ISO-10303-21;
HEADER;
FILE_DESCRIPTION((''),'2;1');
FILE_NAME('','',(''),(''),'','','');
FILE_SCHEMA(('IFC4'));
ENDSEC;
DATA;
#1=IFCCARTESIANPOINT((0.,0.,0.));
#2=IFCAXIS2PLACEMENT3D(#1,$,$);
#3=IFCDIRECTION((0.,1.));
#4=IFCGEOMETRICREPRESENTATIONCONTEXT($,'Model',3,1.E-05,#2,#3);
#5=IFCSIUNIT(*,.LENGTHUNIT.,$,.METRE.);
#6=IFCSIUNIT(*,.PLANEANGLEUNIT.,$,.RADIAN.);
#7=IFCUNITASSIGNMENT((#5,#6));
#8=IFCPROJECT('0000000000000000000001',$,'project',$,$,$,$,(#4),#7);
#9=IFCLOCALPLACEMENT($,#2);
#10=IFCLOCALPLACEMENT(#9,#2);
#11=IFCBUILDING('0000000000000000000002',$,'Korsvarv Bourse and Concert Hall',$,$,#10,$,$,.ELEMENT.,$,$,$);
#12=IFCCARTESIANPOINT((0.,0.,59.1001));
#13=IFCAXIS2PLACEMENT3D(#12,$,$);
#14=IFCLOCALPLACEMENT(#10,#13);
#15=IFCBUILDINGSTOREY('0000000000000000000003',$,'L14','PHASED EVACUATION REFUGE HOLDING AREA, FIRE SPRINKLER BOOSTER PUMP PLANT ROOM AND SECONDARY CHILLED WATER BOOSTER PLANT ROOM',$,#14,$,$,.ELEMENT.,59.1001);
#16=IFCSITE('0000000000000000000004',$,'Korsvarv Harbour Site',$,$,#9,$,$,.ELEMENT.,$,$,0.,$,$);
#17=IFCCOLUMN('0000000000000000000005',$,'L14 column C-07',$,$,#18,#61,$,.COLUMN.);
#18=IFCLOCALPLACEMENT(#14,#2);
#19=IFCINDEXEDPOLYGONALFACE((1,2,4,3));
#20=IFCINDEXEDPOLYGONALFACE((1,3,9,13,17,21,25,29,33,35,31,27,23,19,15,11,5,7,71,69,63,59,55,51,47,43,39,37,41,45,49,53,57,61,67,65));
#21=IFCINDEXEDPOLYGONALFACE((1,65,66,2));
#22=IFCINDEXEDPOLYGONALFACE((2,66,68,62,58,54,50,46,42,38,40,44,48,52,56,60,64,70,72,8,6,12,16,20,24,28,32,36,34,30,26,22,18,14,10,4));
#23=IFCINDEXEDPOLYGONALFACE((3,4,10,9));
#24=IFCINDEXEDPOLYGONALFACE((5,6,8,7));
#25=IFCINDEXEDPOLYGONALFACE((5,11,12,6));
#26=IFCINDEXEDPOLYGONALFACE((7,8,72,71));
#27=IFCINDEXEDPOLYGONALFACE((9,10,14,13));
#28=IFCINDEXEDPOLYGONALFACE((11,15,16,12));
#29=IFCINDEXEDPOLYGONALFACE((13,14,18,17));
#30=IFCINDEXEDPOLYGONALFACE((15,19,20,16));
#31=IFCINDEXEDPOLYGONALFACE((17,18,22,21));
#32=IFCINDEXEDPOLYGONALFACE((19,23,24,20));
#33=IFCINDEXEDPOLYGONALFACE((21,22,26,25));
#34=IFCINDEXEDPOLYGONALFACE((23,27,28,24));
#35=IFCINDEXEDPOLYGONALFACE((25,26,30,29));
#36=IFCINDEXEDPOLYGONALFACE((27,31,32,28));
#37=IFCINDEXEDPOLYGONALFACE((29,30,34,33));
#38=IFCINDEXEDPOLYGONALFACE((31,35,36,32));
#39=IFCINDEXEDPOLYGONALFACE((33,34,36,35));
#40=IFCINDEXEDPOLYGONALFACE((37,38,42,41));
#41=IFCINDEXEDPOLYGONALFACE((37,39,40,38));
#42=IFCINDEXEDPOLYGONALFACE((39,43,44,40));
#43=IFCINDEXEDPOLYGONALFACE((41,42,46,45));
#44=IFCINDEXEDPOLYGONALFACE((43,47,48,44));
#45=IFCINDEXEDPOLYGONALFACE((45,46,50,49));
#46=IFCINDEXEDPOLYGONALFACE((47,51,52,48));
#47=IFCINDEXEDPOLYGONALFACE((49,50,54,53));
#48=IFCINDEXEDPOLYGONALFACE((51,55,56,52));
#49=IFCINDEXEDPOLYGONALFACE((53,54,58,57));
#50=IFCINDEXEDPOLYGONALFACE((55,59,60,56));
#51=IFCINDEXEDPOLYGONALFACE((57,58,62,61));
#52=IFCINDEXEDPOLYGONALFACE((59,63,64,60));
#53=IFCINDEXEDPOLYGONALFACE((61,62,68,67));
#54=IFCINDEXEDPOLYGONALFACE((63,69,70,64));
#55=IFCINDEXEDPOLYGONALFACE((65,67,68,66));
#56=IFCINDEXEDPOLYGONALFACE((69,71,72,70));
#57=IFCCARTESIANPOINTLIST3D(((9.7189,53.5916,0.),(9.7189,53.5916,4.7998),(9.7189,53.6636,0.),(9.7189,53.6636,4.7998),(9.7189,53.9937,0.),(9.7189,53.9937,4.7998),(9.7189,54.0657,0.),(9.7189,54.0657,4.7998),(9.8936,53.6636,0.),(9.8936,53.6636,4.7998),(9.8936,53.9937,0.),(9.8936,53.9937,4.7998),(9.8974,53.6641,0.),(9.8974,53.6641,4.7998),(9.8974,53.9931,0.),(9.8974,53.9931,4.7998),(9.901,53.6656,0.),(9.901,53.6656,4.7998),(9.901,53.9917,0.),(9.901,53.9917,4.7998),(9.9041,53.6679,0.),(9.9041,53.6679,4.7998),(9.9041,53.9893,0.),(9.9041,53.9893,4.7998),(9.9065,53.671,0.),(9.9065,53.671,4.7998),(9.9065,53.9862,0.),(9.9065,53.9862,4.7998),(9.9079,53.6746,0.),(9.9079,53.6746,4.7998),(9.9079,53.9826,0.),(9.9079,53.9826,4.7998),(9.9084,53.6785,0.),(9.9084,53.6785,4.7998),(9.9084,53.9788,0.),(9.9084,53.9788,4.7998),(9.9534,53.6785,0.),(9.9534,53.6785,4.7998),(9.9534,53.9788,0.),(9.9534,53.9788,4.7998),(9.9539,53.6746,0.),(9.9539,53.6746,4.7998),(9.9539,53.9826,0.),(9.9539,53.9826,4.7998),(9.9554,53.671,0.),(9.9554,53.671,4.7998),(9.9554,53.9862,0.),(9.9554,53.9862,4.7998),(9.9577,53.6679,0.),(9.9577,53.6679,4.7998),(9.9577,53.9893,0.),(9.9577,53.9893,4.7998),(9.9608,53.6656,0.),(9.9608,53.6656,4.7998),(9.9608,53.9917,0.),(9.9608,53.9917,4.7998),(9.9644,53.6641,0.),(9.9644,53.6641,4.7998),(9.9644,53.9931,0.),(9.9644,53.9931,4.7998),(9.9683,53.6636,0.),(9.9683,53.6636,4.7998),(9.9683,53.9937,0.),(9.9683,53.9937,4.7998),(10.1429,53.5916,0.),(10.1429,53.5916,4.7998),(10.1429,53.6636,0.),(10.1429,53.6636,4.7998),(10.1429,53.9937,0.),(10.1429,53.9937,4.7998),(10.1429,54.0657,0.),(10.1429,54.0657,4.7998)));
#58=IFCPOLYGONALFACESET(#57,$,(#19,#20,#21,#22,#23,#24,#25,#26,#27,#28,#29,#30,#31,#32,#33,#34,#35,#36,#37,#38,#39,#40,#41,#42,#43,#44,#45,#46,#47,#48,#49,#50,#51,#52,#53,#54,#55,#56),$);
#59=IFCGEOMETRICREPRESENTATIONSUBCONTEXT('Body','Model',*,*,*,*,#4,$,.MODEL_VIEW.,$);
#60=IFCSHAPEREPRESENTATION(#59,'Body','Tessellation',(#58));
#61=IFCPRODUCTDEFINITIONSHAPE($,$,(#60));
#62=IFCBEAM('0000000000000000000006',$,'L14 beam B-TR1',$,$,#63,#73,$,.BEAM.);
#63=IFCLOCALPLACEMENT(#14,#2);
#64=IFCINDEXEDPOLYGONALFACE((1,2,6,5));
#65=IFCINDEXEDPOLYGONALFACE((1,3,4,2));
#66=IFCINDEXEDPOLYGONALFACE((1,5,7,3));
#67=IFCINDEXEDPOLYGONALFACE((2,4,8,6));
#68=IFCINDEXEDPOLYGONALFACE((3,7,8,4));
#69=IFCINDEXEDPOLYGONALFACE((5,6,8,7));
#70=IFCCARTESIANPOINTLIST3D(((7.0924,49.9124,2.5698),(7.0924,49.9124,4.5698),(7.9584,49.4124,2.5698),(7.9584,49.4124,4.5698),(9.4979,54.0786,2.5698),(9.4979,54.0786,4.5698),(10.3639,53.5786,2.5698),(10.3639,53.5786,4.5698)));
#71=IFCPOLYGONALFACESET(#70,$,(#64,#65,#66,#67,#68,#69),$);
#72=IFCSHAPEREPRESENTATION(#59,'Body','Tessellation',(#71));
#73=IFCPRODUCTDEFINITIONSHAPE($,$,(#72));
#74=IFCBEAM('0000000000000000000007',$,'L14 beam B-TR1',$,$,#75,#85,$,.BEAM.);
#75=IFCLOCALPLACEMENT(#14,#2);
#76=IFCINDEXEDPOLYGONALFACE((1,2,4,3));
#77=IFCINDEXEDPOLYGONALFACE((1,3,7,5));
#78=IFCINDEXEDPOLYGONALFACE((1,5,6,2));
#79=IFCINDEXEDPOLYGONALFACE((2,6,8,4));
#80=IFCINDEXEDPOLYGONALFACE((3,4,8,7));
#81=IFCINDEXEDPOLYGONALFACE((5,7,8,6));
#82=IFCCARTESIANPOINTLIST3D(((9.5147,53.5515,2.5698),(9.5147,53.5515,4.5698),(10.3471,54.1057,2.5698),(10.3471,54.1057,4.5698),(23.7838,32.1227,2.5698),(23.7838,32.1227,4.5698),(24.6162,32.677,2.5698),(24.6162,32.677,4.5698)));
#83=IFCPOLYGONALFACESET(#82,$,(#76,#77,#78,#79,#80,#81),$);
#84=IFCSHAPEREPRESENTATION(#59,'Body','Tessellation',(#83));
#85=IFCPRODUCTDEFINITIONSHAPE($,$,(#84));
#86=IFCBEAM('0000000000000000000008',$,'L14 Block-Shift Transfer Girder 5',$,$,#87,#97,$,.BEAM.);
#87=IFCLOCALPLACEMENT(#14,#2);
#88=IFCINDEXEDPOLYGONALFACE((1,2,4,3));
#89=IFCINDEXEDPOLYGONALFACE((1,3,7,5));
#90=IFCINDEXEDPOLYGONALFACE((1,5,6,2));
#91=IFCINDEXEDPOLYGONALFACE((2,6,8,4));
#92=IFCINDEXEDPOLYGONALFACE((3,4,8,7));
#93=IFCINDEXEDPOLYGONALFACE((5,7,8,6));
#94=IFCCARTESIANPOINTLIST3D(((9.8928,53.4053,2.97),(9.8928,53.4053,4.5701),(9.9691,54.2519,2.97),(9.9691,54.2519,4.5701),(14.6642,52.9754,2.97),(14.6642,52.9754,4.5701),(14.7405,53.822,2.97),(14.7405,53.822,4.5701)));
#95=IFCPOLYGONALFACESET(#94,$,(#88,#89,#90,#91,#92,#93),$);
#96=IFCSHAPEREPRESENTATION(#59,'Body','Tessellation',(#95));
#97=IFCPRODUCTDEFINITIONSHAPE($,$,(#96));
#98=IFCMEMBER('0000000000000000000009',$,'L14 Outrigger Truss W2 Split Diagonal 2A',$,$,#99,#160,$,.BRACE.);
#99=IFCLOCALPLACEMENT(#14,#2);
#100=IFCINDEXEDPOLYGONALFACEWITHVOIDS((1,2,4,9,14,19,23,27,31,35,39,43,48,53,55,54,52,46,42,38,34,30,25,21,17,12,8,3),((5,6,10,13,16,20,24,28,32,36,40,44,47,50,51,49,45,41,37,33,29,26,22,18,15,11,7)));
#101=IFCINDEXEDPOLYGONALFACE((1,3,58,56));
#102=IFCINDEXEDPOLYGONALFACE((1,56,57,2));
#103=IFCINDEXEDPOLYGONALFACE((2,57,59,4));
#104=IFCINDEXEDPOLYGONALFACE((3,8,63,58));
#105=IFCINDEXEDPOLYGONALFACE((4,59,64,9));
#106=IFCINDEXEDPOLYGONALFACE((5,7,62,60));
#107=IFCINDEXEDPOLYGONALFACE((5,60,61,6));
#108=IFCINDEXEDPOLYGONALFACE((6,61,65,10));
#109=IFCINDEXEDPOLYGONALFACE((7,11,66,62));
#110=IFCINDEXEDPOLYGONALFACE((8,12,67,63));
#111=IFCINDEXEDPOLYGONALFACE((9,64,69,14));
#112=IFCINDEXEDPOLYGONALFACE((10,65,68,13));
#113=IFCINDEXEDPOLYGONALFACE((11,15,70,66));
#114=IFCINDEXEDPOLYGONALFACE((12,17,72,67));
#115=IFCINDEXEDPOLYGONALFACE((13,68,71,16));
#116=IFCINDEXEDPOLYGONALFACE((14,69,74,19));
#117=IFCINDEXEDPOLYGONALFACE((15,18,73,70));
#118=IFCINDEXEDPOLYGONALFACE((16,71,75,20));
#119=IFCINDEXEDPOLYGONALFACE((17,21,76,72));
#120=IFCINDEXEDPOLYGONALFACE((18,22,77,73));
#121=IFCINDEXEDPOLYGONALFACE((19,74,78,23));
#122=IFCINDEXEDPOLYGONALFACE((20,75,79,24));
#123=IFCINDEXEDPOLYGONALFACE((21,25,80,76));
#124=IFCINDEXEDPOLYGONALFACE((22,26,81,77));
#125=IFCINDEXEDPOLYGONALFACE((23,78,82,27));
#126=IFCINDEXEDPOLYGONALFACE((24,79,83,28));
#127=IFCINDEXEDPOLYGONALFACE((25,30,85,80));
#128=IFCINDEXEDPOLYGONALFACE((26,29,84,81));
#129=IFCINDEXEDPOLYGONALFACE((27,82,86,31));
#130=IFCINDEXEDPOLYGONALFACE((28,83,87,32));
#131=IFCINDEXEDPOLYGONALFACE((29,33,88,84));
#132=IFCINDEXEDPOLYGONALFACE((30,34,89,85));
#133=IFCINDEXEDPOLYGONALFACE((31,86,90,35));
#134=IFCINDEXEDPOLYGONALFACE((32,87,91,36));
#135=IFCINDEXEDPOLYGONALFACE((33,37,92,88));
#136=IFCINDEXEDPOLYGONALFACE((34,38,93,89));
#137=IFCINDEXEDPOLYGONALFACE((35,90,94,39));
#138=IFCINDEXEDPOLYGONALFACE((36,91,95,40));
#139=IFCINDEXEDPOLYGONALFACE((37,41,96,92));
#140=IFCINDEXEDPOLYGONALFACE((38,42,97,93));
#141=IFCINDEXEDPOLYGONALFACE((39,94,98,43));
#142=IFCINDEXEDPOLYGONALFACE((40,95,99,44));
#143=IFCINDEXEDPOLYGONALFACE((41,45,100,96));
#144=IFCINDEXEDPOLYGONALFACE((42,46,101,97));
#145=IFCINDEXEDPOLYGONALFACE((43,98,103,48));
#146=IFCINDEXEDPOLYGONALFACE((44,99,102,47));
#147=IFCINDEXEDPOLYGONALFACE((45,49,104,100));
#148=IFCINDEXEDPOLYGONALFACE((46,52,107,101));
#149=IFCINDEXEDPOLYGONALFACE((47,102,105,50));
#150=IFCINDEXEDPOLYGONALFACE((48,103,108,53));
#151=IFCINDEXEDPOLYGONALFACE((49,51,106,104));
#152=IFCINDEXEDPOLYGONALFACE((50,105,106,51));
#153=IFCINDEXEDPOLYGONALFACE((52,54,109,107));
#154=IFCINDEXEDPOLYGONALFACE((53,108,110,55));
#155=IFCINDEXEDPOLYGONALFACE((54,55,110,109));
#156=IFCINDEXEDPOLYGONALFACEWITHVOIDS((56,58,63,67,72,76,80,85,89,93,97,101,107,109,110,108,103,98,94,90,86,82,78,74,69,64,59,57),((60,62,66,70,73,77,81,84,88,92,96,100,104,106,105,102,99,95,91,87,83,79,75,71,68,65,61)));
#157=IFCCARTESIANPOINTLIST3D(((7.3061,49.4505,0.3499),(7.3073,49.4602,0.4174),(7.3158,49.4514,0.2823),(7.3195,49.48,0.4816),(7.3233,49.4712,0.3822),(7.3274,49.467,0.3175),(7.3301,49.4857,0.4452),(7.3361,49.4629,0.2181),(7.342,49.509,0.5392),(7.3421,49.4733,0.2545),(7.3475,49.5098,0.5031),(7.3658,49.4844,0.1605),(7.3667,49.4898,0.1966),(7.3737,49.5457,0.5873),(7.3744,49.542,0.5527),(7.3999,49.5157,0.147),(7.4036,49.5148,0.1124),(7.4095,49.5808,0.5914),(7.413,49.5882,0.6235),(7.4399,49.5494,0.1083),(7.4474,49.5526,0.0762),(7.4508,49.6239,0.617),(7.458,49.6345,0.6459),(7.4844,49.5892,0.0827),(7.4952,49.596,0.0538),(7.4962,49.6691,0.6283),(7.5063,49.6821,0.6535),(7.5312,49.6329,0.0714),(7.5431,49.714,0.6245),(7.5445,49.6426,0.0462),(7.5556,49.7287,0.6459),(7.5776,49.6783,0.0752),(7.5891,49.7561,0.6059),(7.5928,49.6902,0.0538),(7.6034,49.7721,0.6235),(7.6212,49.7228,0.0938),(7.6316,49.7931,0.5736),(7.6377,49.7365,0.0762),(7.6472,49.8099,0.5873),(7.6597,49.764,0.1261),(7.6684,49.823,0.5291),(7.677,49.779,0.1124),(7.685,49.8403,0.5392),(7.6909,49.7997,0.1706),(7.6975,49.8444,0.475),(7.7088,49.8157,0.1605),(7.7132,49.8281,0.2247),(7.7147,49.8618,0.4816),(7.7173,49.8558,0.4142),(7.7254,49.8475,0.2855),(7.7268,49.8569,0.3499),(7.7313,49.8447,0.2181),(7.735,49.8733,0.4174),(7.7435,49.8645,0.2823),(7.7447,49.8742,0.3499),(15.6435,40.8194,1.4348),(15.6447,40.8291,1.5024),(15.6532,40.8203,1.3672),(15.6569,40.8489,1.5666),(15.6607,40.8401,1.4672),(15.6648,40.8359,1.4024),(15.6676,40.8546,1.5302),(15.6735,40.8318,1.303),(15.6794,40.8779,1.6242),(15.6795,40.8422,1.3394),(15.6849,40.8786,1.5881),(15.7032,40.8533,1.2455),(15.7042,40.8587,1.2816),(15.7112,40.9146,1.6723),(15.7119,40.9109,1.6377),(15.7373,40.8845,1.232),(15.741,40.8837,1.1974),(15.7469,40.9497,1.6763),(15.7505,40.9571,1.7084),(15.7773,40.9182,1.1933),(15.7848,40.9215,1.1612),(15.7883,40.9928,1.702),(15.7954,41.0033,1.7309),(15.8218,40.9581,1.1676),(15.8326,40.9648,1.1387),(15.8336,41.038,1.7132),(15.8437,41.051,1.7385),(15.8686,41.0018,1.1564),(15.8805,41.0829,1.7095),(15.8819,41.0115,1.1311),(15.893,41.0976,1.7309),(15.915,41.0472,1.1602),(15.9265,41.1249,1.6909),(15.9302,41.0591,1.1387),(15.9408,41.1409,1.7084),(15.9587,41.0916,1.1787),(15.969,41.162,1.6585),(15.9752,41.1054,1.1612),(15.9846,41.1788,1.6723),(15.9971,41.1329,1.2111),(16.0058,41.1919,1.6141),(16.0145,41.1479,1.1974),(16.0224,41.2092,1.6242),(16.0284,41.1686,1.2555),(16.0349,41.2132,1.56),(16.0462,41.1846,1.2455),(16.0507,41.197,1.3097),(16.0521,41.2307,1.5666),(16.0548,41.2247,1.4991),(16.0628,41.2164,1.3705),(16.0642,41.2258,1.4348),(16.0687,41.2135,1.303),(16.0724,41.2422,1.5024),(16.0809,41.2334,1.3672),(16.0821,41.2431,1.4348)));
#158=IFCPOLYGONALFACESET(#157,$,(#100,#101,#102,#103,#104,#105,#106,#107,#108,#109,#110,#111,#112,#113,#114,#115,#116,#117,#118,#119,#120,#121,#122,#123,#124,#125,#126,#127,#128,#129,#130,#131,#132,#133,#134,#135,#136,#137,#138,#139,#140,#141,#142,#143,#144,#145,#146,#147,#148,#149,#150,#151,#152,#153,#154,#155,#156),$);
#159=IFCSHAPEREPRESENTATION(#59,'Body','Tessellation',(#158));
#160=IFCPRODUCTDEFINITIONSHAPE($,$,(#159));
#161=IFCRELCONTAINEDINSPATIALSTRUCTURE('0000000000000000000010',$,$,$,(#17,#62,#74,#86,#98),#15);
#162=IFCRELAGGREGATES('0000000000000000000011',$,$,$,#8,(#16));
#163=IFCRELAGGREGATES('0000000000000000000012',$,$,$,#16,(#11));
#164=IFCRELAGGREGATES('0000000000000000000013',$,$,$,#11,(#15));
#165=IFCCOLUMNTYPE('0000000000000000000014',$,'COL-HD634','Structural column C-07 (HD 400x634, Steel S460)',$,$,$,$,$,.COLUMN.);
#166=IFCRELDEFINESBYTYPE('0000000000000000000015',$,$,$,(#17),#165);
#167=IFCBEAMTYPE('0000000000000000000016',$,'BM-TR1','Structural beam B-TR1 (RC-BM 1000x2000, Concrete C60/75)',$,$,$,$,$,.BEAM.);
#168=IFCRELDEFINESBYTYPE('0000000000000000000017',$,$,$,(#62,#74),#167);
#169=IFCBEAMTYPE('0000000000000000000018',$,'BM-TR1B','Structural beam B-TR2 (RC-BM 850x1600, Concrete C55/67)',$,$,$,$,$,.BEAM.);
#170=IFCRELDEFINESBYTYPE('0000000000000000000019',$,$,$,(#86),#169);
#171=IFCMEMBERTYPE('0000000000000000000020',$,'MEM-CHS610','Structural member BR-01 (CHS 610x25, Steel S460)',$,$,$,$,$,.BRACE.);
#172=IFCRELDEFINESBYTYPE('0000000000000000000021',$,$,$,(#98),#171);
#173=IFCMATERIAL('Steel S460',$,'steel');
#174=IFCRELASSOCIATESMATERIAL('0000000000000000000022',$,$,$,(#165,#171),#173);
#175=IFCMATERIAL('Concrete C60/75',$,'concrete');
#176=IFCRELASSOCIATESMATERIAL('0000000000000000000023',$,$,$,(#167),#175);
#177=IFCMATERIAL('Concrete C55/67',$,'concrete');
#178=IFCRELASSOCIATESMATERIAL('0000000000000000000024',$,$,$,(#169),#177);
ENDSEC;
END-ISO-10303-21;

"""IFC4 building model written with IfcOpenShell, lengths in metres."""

from ifc_helpers import new_model, si_unit, direction, frame, origin, origin_2d, place, context, subcontext, project, spatial, rectangle, hollow_circle, i_section, extrude, source, transform, mapped, material, material_profile, profile_set, type_object, element, save


model = new_model("IFC4")

# Units and contexts
model_context = context("Model", 3, precision=1e-05, world=origin(), true_north=direction((0.0, 1.0)))
body_context = subcontext(model_context, "Body", "Model", "MODEL_VIEW")
ifc_project = project(units=[si_unit("LENGTHUNIT", "METRE"), si_unit("PLANEANGLEUNIT", "RADIAN")], contexts=[model_context])

# Site, building, storey
site_placement = place(None, origin())
site = spatial("IfcSite", under=ifc_project, at=site_placement, Name="Korsvarv Harbour Site", CompositionType="ELEMENT", RefElevation=0.0)
building_placement = place(site_placement, origin())
building = spatial("IfcBuilding", under=site, at=building_placement, Name="Korsvarv Bourse and Concert Hall", CompositionType="ELEMENT")
storey_placement = place(building_placement, frame((0.0, 0.0, 59.1001)))
storey = spatial("IfcBuildingStorey", under=building, at=storey_placement, Name="L14", Description="PHASED EVACUATION REFUGE HOLDING AREA, FIRE SPRINKLER BOOSTER PUMP PLANT ROOM AND SECONDARY CHILLED WATER BOOSTER PLANT ROOM", CompositionType="ELEMENT", Elevation=59.1001)

# Column
ifc_material_1 = material(Name="Steel S460", Category="steel")
ifc_material_profile_1 = material_profile(ifc_material_1, i_section(OverallWidth=0.4241, OverallDepth=0.4741, WebThickness=0.0449, FlangeThickness=0.072, FilletRadius=0.0149, at=origin_2d()), Name="HD 400x634")
ifc_profile_set_1 = profile_set([ifc_material_profile_1], Name="Steel S460")
column_type = type_object("IfcColumnType", Name="COL-HD634", Description="Structural column C-07 (HD 400x634, Steel S460)", PredefinedType="COLUMN", material=ifc_profile_set_1)
shared_shape_1 = source(origin(), body_context, "Body", "SweptSolid", [
    extrude(i_section(OverallWidth=0.4241, OverallDepth=0.4741, WebThickness=0.0449, FlangeThickness=0.072, FilletRadius=0.0149, at=origin_2d()), origin(), (0.0, 0.0, 1.0), 4.7998),
])
column_placement = place(storey_placement, frame((9.9309, 53.8286, 0.0), z_axis=(0.0, 0.0, 1.0), x_axis=(1.0, 0.0, 0.0)))
element("IfcColumn", 1, at=column_placement, inside=storey, type_object=column_type, Name="L14 column C-07", PredefinedType="COLUMN", context=body_context, shape_type="MappedRepresentation", body=[
    mapped(shared_shape_1, transform((0.0, 0.0, 0.0), scale=1.0)),
])

# Beams
ifc_material_2 = material(Name="Concrete C60/75", Category="concrete")
ifc_material_profile_2 = material_profile(ifc_material_2, rectangle(XDim=1.0, YDim=2.0, at=origin_2d()), Name="RC-BM 1000x2000")
ifc_profile_set_2 = profile_set([ifc_material_profile_2], Name="Concrete C60/75")
beam_type_1 = type_object("IfcBeamType", Name="BM-TR1", Description="Structural beam B-TR1 (RC-BM 1000x2000, Concrete C60/75)", PredefinedType="BEAM", material=ifc_profile_set_2)
shared_shape_2 = source(origin(), body_context, "Body", "SweptSolid", [
    extrude(rectangle(XDim=1.0, YDim=2.0, at=origin_2d()), origin(), (0.0, 0.0, 1.0), 4.8108),
])
beam_1_placement = place(storey_placement, frame((9.9309, 53.8286, 3.5698), z_axis=(-0.50002, -0.866014, 0.0), x_axis=(0.866014, -0.50002, 0.0)))
element("IfcBeam", 2, at=beam_1_placement, inside=storey, type_object=beam_type_1, Name="L14 beam B-TR1", PredefinedType="BEAM", context=body_context, shape_type="MappedRepresentation", body=[
    mapped(shared_shape_2, transform((0.0, 0.0, 0.0), scale=1.0)),
])
shared_shape_3 = source(origin(), body_context, "Body", "SweptSolid", [
    extrude(rectangle(XDim=1.0, YDim=2.0, at=origin_2d()), origin(), (0.0, 0.0, 1.0), 25.7449),
])
beam_2_placement = place(storey_placement, frame((9.9309, 53.8286, 3.5698), z_axis=(0.554249, -0.832351, 0.0), x_axis=(0.832351, 0.554249, 0.0)))
element("IfcBeam", 3, at=beam_2_placement, inside=storey, type_object=beam_type_1, Name="L14 beam B-TR1", PredefinedType="BEAM", context=body_context, shape_type="MappedRepresentation", body=[
    mapped(shared_shape_3, transform((0.0, 0.0, 0.0), scale=1.0)),
])
ifc_material_3 = material(Name="Concrete C55/67", Category="concrete")
ifc_material_profile_3 = material_profile(ifc_material_3, rectangle(XDim=0.8501, YDim=1.6001, at=origin_2d()), Name="RC-BM 850x1600")
ifc_profile_set_3 = profile_set([ifc_material_profile_3], Name="Concrete C55/67")
beam_type_2 = type_object("IfcBeamType", Name="BM-TR1B", Description="Structural beam B-TR2 (RC-BM 850x1600, Concrete C55/67)", PredefinedType="BEAM", material=ifc_profile_set_3)
shared_shape_4 = source(origin(), body_context, "Body", "SweptSolid", [
    extrude(rectangle(XDim=0.8501, YDim=1.6001, at=origin_2d()), origin(), (0.0, 0.0, 1.0), 4.7908),
])
beam_3_placement = place(storey_placement, frame((9.9309, 53.8286, 3.77), z_axis=(0.995965, -0.089741, 0.0), x_axis=(0.089741, 0.995965, 0.0)))
element("IfcBeam", 4, at=beam_3_placement, inside=storey, type_object=beam_type_2, Name="L14 Block-Shift Transfer Girder 5", PredefinedType="BEAM", context=body_context, shape_type="MappedRepresentation", body=[
    mapped(shared_shape_4, transform((0.0, 0.0, 0.0), scale=1.0)),
])

# Member
ifc_material_profile_4 = material_profile(ifc_material_1, hollow_circle(Radius=0.3049, WallThickness=0.0249, at=origin_2d()), Name="CHS 610x25")
ifc_profile_set_4 = profile_set([ifc_material_profile_4], Name="Steel S460")
member_type_1 = type_object("IfcMemberType", Name="MEM-CHS610", Description="Structural member BR-01 (CHS 610x25, Steel S460)", PredefinedType="BRACE", material=ifc_profile_set_4)
shared_shape_5 = source(origin(), body_context, "Body", "SweptSolid", [
    extrude(hollow_circle(Radius=0.3049, WallThickness=0.0249, at=origin_2d()), origin(), (0.0, 0.0, 1.0), 12.0493),
])
member_1_placement = place(storey_placement, frame((7.5254, 49.6624, 0.3499), z_axis=(0.691941, -0.716316, 0.090044), x_axis=(0.719238, 0.694764, 0.0)))
element("IfcMember", 5, at=member_1_placement, inside=storey, type_object=member_type_1, Name="L14 Outrigger Truss W2 Split Diagonal 2A", PredefinedType="BRACE", context=body_context, shape_type="MappedRepresentation", body=[
    mapped(shared_shape_5, transform((0.0, 0.0, 0.0), scale=1.0)),
])

save(model, "model.ifc")
